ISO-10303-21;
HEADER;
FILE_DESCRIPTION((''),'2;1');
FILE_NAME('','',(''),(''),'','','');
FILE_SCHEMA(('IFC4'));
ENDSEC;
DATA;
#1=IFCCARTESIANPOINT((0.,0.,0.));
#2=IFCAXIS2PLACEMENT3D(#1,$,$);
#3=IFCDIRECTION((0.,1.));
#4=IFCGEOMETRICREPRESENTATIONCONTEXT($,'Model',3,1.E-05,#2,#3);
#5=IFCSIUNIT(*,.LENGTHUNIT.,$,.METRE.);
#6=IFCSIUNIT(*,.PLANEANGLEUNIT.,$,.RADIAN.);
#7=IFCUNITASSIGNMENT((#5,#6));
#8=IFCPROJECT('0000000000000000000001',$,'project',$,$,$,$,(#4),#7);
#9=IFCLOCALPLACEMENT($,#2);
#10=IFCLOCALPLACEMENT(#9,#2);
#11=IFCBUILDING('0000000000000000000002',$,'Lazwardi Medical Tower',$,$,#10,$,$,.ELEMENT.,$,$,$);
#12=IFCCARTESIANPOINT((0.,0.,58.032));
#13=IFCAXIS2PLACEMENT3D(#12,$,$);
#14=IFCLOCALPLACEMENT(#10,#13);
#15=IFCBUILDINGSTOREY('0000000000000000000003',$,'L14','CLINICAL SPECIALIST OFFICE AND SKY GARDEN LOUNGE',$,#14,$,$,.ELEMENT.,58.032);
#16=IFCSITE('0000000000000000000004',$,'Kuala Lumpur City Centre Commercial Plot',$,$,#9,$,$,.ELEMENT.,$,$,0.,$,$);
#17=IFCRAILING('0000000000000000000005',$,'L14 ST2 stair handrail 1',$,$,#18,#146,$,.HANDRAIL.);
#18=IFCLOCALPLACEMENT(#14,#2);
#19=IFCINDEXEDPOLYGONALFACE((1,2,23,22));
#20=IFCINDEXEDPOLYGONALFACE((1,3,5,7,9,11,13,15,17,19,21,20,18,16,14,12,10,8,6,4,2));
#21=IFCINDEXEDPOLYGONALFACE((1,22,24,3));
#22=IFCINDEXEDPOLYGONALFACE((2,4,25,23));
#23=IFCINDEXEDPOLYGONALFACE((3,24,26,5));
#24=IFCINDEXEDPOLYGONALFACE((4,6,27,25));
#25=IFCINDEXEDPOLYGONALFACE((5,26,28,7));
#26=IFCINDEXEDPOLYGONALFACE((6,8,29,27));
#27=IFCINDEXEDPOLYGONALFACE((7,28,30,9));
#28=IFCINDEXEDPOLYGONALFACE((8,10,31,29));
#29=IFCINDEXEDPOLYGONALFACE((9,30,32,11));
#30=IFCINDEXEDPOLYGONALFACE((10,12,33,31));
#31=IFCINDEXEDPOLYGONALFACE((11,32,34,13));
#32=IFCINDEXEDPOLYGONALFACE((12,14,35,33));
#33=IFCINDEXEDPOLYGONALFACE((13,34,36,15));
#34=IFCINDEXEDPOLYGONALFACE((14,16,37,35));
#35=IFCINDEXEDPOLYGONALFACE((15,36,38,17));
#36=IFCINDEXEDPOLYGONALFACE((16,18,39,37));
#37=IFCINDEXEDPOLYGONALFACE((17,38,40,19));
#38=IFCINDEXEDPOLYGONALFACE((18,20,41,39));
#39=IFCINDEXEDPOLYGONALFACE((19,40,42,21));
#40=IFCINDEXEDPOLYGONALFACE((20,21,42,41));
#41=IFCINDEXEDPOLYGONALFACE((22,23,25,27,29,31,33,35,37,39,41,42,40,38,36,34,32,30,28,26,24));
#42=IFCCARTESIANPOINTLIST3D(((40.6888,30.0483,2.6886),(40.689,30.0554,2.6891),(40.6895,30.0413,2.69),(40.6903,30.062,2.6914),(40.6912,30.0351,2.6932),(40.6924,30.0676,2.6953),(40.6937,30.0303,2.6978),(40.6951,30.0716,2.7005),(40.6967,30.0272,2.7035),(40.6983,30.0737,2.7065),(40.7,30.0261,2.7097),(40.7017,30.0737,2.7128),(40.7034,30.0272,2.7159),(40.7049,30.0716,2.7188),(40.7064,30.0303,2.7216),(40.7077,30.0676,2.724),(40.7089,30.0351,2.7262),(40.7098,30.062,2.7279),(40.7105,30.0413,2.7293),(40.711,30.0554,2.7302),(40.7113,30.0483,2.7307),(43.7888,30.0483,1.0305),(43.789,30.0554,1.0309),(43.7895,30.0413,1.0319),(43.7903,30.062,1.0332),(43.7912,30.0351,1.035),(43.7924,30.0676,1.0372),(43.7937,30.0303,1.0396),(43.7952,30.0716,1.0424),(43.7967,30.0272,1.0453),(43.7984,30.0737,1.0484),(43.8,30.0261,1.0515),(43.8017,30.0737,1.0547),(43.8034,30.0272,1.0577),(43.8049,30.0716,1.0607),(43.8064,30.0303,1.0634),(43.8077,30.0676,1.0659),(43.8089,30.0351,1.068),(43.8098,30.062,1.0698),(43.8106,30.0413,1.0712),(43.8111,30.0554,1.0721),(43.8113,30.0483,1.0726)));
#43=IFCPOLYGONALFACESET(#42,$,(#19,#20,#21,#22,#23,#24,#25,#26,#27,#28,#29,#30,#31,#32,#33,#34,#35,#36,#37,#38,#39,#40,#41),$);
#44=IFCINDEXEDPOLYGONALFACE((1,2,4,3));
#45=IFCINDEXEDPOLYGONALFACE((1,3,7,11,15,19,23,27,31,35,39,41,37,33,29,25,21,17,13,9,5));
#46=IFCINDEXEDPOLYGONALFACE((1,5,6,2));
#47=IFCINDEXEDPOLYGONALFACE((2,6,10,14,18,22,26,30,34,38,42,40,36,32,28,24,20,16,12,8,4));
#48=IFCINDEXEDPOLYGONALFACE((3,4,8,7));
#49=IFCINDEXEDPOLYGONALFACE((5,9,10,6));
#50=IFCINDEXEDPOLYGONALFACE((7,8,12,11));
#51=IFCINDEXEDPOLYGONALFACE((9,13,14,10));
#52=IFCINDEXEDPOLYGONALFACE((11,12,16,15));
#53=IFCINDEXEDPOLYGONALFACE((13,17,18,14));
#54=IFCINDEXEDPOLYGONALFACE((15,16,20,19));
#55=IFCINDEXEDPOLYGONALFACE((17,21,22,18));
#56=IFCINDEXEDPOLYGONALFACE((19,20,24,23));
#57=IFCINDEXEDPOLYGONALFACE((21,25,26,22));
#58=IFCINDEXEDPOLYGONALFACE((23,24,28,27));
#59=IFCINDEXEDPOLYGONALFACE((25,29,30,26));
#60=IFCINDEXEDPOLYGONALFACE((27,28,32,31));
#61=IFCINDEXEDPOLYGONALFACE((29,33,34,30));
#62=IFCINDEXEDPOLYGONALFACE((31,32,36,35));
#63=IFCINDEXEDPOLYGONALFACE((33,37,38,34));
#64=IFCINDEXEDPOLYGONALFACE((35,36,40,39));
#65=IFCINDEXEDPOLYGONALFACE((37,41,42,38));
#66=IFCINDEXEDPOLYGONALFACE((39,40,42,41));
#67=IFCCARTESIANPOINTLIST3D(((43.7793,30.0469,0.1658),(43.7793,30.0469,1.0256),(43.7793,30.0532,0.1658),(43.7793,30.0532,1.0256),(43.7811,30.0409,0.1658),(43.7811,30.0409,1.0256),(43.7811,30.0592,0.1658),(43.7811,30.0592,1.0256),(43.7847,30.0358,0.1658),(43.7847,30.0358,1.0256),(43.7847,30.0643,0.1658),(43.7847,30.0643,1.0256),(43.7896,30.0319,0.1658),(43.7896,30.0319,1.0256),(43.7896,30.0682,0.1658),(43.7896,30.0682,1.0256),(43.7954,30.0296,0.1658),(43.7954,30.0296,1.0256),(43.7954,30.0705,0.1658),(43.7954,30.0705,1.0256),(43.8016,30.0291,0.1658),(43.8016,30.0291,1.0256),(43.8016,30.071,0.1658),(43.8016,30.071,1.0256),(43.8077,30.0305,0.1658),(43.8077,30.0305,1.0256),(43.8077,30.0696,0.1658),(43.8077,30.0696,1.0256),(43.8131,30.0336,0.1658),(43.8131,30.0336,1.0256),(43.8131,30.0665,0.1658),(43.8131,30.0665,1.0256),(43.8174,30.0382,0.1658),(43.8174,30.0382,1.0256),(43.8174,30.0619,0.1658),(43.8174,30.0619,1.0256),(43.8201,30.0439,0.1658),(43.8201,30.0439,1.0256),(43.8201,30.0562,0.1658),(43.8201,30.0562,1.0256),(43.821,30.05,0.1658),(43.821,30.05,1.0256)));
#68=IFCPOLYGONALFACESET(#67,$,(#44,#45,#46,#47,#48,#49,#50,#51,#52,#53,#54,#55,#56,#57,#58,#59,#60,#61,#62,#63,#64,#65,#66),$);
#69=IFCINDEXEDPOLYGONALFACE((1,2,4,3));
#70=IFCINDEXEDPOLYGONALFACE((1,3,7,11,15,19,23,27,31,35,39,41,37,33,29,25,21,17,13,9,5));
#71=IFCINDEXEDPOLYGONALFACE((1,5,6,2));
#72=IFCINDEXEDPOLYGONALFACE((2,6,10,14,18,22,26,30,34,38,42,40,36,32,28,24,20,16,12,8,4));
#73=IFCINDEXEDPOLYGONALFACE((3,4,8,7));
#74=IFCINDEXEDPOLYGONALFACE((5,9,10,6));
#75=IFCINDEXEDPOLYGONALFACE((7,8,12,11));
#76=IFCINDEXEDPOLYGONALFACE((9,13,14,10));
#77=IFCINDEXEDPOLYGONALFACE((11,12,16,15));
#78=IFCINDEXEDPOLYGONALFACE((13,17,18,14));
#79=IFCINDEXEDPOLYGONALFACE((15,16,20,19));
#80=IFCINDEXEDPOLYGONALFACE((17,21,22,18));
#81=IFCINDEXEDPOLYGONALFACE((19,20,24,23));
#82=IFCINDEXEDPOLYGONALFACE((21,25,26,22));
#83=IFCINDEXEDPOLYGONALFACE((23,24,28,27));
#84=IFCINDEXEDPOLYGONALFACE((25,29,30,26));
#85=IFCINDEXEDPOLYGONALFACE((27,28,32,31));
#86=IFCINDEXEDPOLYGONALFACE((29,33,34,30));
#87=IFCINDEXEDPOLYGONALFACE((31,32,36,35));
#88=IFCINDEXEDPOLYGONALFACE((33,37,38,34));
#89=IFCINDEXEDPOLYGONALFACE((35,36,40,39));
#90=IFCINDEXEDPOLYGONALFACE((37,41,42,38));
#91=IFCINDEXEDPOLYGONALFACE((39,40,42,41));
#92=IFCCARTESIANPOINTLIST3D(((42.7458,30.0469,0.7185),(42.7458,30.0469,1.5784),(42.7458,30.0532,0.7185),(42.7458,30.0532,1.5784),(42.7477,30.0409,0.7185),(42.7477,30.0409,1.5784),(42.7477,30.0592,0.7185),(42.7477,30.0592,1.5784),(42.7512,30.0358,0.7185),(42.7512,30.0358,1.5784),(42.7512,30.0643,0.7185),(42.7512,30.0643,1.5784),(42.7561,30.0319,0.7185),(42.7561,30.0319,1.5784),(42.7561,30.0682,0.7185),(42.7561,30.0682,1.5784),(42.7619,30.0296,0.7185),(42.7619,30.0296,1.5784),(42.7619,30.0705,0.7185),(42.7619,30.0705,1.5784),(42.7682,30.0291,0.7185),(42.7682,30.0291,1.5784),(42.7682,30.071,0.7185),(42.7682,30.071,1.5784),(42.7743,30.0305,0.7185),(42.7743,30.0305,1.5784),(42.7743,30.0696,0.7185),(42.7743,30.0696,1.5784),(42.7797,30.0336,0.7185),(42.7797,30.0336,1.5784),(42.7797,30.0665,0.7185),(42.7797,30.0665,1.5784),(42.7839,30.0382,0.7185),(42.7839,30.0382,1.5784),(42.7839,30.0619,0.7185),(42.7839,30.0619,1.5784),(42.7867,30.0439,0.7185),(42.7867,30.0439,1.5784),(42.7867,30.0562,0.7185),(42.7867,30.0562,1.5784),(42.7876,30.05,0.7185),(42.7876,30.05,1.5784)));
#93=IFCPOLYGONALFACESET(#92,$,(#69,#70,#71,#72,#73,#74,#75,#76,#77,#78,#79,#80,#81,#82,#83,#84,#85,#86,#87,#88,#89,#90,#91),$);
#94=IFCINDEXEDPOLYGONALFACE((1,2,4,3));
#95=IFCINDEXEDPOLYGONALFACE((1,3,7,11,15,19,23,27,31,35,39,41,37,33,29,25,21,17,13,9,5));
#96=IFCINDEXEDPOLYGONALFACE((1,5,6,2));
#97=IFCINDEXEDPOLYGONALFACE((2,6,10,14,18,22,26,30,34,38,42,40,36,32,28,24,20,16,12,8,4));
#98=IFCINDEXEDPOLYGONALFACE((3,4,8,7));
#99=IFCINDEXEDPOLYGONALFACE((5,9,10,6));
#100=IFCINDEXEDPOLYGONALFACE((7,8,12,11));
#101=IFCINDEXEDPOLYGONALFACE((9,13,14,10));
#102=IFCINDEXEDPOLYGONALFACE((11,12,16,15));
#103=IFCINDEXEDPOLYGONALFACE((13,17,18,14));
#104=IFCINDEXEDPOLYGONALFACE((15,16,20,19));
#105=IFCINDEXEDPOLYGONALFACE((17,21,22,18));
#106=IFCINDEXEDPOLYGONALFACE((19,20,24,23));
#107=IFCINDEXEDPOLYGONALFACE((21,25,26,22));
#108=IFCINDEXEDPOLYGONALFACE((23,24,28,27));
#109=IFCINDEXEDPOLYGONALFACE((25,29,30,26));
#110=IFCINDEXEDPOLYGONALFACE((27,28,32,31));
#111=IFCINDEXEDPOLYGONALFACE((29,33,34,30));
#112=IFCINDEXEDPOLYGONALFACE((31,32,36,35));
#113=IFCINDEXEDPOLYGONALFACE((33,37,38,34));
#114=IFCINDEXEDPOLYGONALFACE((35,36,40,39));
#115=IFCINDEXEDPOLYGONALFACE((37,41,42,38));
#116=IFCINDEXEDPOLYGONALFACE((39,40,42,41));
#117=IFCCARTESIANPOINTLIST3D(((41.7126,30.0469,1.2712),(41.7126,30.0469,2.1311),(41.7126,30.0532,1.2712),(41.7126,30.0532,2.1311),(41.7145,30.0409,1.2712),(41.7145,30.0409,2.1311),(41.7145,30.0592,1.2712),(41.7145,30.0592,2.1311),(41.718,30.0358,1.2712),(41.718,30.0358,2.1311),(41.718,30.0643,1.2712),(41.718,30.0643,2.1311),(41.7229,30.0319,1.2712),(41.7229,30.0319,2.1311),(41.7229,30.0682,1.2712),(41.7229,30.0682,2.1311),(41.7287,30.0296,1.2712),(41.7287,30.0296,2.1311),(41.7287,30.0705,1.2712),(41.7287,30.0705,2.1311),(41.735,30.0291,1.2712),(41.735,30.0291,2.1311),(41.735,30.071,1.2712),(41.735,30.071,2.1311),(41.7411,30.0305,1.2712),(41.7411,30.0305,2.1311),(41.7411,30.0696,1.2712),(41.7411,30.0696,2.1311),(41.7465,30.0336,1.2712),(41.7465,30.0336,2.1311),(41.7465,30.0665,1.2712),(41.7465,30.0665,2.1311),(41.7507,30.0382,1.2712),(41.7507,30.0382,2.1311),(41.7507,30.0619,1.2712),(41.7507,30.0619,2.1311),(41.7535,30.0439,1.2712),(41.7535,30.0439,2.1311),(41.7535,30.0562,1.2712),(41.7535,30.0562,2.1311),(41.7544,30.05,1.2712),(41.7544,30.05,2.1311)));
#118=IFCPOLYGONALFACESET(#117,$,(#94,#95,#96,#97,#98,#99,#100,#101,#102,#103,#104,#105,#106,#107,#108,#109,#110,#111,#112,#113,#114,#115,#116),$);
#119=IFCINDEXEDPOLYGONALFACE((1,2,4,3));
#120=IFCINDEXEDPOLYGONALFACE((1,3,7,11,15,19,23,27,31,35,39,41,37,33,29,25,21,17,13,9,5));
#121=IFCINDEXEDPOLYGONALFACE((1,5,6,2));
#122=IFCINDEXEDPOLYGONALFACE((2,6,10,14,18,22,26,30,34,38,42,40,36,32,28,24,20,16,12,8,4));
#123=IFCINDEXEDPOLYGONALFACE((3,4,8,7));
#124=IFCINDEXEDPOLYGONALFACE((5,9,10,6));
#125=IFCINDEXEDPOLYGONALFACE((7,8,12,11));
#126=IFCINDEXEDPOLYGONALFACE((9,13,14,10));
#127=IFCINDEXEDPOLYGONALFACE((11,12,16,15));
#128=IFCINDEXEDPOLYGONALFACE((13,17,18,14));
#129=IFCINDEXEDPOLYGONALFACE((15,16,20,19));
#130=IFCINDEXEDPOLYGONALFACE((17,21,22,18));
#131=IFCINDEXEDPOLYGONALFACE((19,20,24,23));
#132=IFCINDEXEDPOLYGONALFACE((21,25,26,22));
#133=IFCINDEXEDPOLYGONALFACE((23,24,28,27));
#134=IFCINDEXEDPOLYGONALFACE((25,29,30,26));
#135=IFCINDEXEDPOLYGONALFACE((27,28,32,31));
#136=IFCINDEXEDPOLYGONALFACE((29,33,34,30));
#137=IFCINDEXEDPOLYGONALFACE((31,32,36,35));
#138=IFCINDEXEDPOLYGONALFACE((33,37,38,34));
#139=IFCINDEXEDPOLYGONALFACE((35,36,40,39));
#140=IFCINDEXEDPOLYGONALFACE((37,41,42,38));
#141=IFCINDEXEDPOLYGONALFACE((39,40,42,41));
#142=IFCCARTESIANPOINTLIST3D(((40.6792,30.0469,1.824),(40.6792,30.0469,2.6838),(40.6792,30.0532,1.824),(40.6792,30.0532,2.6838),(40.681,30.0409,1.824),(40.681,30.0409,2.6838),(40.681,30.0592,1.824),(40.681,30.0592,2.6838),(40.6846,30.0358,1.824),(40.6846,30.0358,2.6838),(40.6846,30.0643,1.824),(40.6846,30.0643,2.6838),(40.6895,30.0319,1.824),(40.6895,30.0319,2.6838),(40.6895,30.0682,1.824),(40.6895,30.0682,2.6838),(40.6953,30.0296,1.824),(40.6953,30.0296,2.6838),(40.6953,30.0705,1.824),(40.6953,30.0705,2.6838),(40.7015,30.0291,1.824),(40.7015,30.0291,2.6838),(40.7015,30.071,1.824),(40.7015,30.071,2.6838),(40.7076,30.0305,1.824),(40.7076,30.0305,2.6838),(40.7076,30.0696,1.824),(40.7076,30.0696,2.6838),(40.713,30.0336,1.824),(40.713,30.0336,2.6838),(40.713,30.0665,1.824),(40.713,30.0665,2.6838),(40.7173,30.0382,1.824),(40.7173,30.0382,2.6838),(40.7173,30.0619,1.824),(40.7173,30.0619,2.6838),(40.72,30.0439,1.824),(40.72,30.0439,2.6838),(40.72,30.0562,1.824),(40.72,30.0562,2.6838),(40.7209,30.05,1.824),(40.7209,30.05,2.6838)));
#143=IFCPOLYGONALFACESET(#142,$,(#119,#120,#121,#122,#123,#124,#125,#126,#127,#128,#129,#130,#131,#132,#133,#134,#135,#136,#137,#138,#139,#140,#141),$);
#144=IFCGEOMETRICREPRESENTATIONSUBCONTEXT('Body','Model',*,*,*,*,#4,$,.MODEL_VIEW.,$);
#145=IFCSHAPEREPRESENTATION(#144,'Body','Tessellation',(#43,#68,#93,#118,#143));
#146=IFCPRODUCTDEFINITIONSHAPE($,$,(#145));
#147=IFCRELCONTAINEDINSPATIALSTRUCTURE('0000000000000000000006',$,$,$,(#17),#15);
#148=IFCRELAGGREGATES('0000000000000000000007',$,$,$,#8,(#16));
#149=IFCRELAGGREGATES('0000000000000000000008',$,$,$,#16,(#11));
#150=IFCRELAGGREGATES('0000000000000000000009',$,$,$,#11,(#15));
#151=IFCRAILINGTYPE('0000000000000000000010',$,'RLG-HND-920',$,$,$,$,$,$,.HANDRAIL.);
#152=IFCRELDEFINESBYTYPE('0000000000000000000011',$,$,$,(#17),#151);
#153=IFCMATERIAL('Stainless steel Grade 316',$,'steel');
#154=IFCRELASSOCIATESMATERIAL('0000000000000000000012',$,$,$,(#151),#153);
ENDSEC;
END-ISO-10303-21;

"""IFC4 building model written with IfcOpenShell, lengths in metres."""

from ifc_helpers import new_model, si_unit, direction, frame, origin, origin_2d, place, context, subcontext, project, spatial, circle, extrude, material, type_object, element, save


model = new_model("IFC4")

# Units and contexts
model_context = context("Model", 3, precision=1e-05, world=origin(), true_north=direction((0.0, 1.0)))
body_context = subcontext(model_context, "Body", "Model", "MODEL_VIEW")
ifc_project = project(units=[si_unit("LENGTHUNIT", "METRE"), si_unit("PLANEANGLEUNIT", "RADIAN")], contexts=[model_context])

# Site, building, storey
site_placement = place(None, origin())
site = spatial("IfcSite", under=ifc_project, at=site_placement, Name="Kuala Lumpur City Centre Commercial Plot", CompositionType="ELEMENT", RefElevation=0.0)
building_placement = place(site_placement, origin())
building = spatial("IfcBuilding", under=site, at=building_placement, Name="Lazwardi Medical Tower", CompositionType="ELEMENT")
storey_placement = place(building_placement, frame((0.0, 0.0, 58.032)))
storey = spatial("IfcBuildingStorey", under=building, at=storey_placement, Name="L14", Description="CLINICAL SPECIALIST OFFICE AND SKY GARDEN LOUNGE", CompositionType="ELEMENT", Elevation=58.032)

# Railing
ifc_material_1 = material(Name="Stainless steel Grade 316", Category="steel")
railing_type_1 = type_object("IfcRailingType", Name="RLG-HND-920", PredefinedType="HANDRAIL", material=ifc_material_1)
railing_1_placement = place(storey_placement, frame((43.8, 30.05, 0.1658)))
element("IfcRailing", 1, at=railing_1_placement, inside=storey, type_object=railing_type_1, Name="L14 ST2 stair handrail 1", PredefinedType="HANDRAIL", context=body_context, shape_type="SweptSolid", body=[
    extrude(circle(Radius=0.0239, at=origin_2d()), frame((0.0, 0.0, 0.8857), z_axis=(-0.881783, 0.0, 0.471655), x_axis=(0.0, -1.0, 0.0)), (0.0, 0.0, 1.0), 3.5156),
    extrude(circle(Radius=0.021, at=origin_2d()), origin(), (0.0, 0.0, 1.0), 0.8599),
    extrude(circle(Radius=0.021, at=origin_2d()), frame((-1.0334, 0.0, 0.5527)), (0.0, 0.0, 1.0), 0.8599),
    extrude(circle(Radius=0.021, at=origin_2d()), frame((-2.0667, 0.0, 1.1055)), (0.0, 0.0, 1.0), 0.8599),
    extrude(circle(Radius=0.021, at=origin_2d()), frame((-3.1001, 0.0, 1.6582)), (0.0, 0.0, 1.0), 0.8599),
])

save(model, "model.ifc")
